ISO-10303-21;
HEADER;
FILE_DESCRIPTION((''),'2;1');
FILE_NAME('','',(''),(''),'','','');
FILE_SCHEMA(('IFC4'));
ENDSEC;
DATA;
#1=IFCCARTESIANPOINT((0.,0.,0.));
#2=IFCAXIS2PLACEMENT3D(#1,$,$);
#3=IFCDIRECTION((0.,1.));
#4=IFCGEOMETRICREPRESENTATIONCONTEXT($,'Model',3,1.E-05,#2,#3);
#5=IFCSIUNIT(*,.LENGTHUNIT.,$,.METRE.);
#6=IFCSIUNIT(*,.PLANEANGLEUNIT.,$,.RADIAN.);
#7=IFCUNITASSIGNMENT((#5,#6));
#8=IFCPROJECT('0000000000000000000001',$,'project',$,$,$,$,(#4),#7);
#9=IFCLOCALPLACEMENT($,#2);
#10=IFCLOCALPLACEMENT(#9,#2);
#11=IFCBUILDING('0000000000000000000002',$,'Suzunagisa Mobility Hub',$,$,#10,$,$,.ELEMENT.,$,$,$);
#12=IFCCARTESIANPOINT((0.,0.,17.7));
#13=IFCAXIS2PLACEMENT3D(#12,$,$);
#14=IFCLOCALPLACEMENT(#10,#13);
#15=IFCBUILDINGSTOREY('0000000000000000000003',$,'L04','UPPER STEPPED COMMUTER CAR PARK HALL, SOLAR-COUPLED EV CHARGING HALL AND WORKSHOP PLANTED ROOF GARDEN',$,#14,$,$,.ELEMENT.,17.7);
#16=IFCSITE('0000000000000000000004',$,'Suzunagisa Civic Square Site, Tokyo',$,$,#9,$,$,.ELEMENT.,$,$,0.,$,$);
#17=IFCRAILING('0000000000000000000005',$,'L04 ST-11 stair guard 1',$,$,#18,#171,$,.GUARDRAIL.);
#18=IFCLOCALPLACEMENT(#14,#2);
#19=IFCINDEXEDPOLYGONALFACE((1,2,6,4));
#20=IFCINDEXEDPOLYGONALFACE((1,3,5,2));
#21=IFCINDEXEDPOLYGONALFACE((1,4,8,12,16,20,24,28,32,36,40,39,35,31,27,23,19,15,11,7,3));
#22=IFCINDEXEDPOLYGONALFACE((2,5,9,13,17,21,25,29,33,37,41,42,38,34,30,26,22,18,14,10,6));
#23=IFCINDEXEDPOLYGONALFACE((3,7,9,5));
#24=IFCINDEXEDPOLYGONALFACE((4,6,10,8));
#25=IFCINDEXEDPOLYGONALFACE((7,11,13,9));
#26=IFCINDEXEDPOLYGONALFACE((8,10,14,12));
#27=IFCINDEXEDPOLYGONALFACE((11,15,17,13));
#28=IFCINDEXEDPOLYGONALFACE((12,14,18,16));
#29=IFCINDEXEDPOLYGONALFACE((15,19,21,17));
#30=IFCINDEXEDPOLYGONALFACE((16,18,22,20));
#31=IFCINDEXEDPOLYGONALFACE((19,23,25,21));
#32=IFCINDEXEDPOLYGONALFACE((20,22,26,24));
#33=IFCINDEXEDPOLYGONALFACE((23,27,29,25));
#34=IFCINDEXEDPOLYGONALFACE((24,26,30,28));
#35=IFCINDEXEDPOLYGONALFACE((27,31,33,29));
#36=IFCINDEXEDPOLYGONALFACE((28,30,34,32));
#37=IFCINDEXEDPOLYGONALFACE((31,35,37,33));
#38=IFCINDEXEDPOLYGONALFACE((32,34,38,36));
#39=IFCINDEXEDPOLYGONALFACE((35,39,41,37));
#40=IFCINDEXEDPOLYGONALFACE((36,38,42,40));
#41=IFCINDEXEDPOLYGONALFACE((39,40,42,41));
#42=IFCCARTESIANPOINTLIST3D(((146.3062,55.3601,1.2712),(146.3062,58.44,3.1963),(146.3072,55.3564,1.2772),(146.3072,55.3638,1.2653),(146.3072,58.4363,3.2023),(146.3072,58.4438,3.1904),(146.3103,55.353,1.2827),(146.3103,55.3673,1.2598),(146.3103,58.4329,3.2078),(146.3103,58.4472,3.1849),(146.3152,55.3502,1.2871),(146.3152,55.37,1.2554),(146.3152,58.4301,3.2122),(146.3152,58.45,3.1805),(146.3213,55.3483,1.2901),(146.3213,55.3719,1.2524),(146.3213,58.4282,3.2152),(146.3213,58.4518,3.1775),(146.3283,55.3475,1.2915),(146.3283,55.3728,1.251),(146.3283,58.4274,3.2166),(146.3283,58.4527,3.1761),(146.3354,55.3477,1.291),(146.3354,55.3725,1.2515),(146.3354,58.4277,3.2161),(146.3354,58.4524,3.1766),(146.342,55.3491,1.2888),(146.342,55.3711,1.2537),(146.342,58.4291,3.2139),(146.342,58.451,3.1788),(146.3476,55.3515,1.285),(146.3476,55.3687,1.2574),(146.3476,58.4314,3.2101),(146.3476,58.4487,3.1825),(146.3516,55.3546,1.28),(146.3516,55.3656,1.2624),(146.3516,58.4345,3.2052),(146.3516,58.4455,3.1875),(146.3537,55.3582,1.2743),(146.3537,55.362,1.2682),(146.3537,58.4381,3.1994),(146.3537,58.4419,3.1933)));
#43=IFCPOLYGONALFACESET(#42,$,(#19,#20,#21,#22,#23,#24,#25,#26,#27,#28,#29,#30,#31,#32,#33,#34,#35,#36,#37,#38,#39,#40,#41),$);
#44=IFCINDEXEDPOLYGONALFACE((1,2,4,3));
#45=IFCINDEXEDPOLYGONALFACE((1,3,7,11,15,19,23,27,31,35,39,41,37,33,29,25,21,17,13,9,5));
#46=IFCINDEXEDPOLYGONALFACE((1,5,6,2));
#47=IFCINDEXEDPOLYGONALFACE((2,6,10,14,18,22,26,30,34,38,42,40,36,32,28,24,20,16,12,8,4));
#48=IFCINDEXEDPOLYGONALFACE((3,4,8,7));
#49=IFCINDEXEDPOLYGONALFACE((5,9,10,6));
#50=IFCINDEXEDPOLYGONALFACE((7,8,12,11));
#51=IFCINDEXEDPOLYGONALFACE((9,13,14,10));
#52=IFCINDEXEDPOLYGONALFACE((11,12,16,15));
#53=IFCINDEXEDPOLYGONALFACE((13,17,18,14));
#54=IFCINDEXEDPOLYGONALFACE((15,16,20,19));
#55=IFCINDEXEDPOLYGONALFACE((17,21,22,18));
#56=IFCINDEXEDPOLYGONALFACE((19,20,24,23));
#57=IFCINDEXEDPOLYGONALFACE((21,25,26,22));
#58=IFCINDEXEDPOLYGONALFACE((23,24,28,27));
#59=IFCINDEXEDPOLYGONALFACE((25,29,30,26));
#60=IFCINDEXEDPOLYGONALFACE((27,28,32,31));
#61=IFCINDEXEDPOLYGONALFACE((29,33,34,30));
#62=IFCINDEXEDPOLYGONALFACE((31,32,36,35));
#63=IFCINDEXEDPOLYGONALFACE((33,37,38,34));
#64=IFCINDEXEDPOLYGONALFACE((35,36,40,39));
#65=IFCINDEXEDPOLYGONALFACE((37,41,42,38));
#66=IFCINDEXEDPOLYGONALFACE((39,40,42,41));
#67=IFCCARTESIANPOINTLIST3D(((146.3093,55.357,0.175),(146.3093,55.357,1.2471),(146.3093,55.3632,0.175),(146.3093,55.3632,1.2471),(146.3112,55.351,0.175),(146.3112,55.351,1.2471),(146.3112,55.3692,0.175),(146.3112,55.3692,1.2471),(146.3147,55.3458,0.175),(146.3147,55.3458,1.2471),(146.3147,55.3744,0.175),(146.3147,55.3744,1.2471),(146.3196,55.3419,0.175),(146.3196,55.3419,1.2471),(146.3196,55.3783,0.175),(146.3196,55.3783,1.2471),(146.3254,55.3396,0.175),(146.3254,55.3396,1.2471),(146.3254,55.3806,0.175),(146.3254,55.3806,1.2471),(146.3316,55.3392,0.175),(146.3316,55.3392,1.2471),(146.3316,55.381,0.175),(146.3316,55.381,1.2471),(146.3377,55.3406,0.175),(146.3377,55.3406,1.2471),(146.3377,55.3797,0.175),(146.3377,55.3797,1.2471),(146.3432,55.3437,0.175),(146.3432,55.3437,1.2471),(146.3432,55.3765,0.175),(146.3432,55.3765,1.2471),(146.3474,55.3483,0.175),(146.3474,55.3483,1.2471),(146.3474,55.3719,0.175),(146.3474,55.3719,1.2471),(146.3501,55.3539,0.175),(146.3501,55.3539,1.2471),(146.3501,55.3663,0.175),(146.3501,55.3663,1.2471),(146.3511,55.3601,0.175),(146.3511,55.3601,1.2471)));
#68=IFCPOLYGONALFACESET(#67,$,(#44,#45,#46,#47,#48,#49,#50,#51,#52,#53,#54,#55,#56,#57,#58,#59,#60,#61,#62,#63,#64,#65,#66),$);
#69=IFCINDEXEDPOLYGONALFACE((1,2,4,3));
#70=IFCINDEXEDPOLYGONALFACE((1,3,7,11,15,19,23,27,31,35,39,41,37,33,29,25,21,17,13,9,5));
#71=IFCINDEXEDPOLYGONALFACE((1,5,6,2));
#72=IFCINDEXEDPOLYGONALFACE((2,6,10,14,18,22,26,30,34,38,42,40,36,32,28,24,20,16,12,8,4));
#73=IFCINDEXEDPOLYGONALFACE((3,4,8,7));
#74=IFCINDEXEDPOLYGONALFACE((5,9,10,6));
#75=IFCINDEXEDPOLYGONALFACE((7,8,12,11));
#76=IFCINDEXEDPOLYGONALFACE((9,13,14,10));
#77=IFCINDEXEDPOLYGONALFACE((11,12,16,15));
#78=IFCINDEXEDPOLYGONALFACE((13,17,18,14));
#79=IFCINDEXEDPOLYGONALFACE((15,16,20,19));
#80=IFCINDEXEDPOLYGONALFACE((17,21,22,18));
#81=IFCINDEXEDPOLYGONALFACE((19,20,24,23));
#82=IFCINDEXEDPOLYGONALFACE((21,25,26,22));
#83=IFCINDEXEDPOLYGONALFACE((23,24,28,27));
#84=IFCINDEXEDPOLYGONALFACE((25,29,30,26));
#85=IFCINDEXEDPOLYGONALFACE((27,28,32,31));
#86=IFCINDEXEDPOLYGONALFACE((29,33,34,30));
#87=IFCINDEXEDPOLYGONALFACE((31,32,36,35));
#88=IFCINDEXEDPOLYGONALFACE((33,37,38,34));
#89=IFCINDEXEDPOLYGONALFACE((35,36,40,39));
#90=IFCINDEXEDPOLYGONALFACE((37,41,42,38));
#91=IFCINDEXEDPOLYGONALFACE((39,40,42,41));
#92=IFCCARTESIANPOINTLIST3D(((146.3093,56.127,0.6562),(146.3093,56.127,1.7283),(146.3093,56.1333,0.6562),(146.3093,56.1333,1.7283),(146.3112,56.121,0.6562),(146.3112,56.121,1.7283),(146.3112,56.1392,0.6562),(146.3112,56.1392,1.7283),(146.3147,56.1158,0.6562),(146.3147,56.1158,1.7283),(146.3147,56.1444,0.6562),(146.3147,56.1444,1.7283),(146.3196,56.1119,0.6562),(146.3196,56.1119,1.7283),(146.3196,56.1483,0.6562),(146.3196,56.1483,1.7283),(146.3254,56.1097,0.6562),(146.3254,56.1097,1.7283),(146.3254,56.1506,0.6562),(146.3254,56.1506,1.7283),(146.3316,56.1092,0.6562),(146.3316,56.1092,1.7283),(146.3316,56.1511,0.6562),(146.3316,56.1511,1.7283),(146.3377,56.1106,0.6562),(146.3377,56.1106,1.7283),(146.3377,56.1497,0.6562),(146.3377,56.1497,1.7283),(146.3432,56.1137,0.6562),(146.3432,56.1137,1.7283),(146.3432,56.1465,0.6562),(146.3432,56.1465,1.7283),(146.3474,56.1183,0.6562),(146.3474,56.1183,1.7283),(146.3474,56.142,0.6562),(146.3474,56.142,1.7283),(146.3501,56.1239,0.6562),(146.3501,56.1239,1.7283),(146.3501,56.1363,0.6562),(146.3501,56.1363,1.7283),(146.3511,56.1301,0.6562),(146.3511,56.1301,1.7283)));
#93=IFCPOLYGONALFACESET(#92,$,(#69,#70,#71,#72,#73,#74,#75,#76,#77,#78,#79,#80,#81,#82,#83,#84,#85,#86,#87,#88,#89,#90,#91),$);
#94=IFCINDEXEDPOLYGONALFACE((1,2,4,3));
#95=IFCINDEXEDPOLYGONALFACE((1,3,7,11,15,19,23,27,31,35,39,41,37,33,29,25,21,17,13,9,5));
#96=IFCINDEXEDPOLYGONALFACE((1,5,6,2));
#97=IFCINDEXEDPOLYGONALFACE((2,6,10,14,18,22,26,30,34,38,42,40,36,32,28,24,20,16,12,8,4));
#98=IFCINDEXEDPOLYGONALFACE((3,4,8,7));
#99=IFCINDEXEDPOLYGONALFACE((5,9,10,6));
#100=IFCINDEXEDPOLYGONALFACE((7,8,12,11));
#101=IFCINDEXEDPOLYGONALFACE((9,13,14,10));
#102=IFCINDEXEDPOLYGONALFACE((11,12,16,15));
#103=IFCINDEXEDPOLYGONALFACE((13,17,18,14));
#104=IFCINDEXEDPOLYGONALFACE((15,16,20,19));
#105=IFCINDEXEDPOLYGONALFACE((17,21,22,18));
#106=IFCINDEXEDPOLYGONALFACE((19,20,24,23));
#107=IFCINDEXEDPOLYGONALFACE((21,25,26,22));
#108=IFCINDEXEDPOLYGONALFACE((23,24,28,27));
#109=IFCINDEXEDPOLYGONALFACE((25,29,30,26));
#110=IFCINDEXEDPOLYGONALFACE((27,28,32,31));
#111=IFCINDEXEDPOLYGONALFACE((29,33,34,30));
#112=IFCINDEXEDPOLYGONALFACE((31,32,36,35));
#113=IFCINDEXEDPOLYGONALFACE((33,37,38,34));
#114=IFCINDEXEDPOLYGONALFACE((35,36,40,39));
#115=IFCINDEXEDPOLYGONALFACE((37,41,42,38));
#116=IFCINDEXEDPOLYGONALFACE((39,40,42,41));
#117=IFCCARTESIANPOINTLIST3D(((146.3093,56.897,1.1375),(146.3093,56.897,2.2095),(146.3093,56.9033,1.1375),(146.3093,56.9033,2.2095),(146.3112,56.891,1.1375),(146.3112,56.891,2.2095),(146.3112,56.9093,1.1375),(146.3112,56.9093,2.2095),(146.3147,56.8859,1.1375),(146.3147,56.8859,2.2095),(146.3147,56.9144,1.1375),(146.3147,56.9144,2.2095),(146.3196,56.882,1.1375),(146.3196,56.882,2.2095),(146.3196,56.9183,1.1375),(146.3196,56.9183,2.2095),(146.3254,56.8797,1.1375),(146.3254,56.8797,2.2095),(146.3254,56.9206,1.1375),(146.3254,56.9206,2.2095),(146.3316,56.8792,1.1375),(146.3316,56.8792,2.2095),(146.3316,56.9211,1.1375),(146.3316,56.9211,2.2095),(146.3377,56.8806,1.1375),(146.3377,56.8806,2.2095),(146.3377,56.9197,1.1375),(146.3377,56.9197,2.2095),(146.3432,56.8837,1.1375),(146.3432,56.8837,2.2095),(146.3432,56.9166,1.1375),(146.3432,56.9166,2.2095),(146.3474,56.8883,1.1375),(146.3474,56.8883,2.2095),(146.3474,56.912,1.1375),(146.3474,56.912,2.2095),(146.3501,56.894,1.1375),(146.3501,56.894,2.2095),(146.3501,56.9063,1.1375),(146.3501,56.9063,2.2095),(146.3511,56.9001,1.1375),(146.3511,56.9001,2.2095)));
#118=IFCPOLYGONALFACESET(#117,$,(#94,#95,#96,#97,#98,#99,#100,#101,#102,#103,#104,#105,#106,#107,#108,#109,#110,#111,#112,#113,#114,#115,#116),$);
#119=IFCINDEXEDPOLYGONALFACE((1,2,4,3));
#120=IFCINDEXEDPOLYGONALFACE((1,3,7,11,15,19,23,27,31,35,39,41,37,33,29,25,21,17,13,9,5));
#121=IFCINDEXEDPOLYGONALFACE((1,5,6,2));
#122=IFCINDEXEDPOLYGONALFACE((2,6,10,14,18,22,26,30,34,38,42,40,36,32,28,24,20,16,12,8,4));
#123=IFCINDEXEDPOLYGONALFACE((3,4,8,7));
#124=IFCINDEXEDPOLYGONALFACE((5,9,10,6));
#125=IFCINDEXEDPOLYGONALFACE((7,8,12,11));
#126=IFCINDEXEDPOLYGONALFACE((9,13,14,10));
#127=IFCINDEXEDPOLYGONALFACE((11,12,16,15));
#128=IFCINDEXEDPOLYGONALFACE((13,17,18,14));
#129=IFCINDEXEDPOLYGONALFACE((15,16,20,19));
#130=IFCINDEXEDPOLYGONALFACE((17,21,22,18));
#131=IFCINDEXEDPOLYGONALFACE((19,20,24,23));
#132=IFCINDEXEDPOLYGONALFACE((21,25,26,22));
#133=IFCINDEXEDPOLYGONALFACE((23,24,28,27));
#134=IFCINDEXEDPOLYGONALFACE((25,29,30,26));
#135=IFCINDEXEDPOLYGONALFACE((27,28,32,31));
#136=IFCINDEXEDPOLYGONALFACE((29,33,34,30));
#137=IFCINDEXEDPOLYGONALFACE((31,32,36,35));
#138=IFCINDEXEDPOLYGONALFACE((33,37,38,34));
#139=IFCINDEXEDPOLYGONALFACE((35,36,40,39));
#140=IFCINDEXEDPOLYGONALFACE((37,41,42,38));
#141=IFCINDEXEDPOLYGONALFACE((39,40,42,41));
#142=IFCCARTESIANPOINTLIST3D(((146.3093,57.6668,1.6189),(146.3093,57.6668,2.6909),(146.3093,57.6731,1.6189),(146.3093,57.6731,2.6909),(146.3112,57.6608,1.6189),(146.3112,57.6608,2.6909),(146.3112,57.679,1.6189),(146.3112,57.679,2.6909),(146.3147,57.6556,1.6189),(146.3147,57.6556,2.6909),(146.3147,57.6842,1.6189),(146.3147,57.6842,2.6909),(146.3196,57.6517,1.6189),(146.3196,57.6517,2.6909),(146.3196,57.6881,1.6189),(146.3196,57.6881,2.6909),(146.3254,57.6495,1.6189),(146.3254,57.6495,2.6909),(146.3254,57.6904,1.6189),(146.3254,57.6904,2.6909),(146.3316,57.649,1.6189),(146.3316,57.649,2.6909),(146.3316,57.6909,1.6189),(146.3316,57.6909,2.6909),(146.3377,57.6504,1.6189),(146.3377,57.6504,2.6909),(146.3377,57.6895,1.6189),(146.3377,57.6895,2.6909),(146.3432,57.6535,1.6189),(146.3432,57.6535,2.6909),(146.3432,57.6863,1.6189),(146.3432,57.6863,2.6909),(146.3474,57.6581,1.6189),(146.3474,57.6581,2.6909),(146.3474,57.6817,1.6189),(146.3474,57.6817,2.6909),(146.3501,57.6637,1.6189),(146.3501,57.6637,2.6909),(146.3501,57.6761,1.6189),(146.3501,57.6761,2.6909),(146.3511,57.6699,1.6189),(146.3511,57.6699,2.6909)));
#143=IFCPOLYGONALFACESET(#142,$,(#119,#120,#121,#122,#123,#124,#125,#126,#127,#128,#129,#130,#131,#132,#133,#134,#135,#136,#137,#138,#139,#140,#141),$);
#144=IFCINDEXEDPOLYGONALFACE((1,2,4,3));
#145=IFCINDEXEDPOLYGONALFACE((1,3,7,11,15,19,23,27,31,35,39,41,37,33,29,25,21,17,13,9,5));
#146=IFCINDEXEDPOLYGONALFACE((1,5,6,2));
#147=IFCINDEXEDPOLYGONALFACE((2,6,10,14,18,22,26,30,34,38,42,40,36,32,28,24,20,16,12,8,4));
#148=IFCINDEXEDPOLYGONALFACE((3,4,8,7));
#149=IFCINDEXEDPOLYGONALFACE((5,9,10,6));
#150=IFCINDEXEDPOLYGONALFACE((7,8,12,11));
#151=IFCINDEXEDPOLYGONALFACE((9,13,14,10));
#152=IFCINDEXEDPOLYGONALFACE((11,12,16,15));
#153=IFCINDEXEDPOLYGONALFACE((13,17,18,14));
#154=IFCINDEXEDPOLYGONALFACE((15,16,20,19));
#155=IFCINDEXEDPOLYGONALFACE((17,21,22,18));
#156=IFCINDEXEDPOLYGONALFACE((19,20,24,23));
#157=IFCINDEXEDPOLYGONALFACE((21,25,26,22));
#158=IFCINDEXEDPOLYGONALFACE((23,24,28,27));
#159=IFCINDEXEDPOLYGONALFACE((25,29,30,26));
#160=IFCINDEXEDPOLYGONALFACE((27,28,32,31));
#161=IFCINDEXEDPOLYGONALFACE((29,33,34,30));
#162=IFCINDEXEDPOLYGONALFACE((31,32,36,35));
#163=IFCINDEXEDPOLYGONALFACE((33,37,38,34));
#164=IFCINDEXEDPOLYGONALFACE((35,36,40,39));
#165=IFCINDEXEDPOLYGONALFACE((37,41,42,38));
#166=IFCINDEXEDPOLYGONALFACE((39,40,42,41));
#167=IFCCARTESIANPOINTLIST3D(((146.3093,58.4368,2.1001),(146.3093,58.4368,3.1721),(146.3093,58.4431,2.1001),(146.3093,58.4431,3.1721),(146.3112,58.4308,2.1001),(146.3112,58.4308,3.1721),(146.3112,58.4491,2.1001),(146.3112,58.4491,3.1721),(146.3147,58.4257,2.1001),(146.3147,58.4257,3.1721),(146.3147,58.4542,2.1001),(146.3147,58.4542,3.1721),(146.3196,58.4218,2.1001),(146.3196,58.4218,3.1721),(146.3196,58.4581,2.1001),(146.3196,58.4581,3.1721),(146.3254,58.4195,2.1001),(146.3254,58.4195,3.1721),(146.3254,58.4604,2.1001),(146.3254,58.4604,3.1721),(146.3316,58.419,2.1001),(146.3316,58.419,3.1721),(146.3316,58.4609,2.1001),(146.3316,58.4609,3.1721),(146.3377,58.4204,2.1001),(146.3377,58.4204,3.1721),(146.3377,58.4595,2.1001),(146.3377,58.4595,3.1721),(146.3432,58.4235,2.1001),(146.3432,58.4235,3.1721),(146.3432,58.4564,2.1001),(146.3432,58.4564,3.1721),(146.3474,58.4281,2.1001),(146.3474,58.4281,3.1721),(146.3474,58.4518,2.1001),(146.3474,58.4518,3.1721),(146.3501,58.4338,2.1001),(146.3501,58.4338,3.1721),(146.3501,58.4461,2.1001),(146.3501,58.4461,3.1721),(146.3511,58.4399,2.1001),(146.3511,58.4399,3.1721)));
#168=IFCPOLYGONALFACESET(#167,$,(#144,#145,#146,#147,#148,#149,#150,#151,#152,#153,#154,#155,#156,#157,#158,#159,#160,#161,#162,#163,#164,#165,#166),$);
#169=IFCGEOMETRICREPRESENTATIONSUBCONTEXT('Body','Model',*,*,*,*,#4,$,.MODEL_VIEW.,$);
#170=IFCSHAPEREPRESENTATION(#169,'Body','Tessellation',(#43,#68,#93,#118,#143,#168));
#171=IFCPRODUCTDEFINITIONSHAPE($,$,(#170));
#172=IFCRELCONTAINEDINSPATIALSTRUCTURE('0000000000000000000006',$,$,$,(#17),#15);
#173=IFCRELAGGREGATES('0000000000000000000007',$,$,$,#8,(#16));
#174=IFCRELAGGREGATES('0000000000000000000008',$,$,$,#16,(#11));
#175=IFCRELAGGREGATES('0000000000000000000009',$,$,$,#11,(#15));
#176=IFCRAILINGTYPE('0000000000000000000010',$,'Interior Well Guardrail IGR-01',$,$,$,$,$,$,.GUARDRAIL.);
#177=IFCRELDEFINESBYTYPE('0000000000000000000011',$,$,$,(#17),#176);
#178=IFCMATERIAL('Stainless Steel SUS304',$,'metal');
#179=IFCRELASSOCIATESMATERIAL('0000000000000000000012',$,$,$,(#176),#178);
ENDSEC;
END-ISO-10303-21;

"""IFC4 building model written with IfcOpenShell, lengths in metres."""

from ifc_helpers import new_model, si_unit, direction, frame, origin, origin_2d, place, context, subcontext, project, spatial, circle, extrude, material, type_object, element, save


model = new_model("IFC4")

# Units and contexts
model_context = context("Model", 3, precision=1e-05, world=origin(), true_north=direction((0.0, 1.0)))
body_context = subcontext(model_context, "Body", "Model", "MODEL_VIEW")
ifc_project = project(units=[si_unit("LENGTHUNIT", "METRE"), si_unit("PLANEANGLEUNIT", "RADIAN")], contexts=[model_context])

# Site, building, storey
site_placement = place(None, origin())
site = spatial("IfcSite", under=ifc_project, at=site_placement, Name="Suzunagisa Civic Square Site, Tokyo", CompositionType="ELEMENT", RefElevation=0.0)
building_placement = place(site_placement, origin())
building = spatial("IfcBuilding", under=site, at=building_placement, Name="Suzunagisa Mobility Hub", CompositionType="ELEMENT")
storey_placement = place(building_placement, frame((0.0, 0.0, 17.7)))
storey = spatial("IfcBuildingStorey", under=building, at=storey_placement, Name="L04", Description="UPPER STEPPED COMMUTER CAR PARK HALL, SOLAR-COUPLED EV CHARGING HALL AND WORKSHOP PLANTED ROOF GARDEN", CompositionType="ELEMENT", Elevation=17.7)

# Railing
ifc_material_1 = material(Name="Stainless Steel SUS304", Category="metal")
railing_type_1 = type_object("IfcRailingType", Name="Interior Well Guardrail IGR-01", PredefinedType="GUARDRAIL", material=ifc_material_1)
railing_1_placement = place(storey_placement, frame((146.3301, 55.3601, 0.175)))
element("IfcRailing", 1, at=railing_1_placement, inside=storey, type_object=railing_type_1, Name="L04 ST-11 stair guard 1", PredefinedType="GUARDRAIL", context=body_context, shape_type="SweptSolid", body=[
    extrude(circle(Radius=0.0239, at=origin_2d()), frame((0.0, 0.0, 1.0962), z_axis=(0.0, 0.847979, 0.530029), x_axis=(-1.0, 0.0, 0.0)), (0.0, 0.0, 1.0), 3.6321),
    extrude(circle(Radius=0.021, at=origin_2d()), origin(), (0.0, 0.0, 1.0), 1.072),
    extrude(circle(Radius=0.021, at=origin_2d()), frame((0.0, 0.77, 0.4812)), (0.0, 0.0, 1.0), 1.072),
    extrude(circle(Radius=0.021, at=origin_2d()), frame((0.0, 1.54, 0.9624)), (0.0, 0.0, 1.0), 1.072),
    extrude(circle(Radius=0.021, at=origin_2d()), frame((0.0, 2.3098, 1.4438)), (0.0, 0.0, 1.0), 1.072),
    extrude(circle(Radius=0.021, at=origin_2d()), frame((0.0, 3.0798, 1.925)), (0.0, 0.0, 1.0), 1.072),
])

save(model, "model.ifc")
